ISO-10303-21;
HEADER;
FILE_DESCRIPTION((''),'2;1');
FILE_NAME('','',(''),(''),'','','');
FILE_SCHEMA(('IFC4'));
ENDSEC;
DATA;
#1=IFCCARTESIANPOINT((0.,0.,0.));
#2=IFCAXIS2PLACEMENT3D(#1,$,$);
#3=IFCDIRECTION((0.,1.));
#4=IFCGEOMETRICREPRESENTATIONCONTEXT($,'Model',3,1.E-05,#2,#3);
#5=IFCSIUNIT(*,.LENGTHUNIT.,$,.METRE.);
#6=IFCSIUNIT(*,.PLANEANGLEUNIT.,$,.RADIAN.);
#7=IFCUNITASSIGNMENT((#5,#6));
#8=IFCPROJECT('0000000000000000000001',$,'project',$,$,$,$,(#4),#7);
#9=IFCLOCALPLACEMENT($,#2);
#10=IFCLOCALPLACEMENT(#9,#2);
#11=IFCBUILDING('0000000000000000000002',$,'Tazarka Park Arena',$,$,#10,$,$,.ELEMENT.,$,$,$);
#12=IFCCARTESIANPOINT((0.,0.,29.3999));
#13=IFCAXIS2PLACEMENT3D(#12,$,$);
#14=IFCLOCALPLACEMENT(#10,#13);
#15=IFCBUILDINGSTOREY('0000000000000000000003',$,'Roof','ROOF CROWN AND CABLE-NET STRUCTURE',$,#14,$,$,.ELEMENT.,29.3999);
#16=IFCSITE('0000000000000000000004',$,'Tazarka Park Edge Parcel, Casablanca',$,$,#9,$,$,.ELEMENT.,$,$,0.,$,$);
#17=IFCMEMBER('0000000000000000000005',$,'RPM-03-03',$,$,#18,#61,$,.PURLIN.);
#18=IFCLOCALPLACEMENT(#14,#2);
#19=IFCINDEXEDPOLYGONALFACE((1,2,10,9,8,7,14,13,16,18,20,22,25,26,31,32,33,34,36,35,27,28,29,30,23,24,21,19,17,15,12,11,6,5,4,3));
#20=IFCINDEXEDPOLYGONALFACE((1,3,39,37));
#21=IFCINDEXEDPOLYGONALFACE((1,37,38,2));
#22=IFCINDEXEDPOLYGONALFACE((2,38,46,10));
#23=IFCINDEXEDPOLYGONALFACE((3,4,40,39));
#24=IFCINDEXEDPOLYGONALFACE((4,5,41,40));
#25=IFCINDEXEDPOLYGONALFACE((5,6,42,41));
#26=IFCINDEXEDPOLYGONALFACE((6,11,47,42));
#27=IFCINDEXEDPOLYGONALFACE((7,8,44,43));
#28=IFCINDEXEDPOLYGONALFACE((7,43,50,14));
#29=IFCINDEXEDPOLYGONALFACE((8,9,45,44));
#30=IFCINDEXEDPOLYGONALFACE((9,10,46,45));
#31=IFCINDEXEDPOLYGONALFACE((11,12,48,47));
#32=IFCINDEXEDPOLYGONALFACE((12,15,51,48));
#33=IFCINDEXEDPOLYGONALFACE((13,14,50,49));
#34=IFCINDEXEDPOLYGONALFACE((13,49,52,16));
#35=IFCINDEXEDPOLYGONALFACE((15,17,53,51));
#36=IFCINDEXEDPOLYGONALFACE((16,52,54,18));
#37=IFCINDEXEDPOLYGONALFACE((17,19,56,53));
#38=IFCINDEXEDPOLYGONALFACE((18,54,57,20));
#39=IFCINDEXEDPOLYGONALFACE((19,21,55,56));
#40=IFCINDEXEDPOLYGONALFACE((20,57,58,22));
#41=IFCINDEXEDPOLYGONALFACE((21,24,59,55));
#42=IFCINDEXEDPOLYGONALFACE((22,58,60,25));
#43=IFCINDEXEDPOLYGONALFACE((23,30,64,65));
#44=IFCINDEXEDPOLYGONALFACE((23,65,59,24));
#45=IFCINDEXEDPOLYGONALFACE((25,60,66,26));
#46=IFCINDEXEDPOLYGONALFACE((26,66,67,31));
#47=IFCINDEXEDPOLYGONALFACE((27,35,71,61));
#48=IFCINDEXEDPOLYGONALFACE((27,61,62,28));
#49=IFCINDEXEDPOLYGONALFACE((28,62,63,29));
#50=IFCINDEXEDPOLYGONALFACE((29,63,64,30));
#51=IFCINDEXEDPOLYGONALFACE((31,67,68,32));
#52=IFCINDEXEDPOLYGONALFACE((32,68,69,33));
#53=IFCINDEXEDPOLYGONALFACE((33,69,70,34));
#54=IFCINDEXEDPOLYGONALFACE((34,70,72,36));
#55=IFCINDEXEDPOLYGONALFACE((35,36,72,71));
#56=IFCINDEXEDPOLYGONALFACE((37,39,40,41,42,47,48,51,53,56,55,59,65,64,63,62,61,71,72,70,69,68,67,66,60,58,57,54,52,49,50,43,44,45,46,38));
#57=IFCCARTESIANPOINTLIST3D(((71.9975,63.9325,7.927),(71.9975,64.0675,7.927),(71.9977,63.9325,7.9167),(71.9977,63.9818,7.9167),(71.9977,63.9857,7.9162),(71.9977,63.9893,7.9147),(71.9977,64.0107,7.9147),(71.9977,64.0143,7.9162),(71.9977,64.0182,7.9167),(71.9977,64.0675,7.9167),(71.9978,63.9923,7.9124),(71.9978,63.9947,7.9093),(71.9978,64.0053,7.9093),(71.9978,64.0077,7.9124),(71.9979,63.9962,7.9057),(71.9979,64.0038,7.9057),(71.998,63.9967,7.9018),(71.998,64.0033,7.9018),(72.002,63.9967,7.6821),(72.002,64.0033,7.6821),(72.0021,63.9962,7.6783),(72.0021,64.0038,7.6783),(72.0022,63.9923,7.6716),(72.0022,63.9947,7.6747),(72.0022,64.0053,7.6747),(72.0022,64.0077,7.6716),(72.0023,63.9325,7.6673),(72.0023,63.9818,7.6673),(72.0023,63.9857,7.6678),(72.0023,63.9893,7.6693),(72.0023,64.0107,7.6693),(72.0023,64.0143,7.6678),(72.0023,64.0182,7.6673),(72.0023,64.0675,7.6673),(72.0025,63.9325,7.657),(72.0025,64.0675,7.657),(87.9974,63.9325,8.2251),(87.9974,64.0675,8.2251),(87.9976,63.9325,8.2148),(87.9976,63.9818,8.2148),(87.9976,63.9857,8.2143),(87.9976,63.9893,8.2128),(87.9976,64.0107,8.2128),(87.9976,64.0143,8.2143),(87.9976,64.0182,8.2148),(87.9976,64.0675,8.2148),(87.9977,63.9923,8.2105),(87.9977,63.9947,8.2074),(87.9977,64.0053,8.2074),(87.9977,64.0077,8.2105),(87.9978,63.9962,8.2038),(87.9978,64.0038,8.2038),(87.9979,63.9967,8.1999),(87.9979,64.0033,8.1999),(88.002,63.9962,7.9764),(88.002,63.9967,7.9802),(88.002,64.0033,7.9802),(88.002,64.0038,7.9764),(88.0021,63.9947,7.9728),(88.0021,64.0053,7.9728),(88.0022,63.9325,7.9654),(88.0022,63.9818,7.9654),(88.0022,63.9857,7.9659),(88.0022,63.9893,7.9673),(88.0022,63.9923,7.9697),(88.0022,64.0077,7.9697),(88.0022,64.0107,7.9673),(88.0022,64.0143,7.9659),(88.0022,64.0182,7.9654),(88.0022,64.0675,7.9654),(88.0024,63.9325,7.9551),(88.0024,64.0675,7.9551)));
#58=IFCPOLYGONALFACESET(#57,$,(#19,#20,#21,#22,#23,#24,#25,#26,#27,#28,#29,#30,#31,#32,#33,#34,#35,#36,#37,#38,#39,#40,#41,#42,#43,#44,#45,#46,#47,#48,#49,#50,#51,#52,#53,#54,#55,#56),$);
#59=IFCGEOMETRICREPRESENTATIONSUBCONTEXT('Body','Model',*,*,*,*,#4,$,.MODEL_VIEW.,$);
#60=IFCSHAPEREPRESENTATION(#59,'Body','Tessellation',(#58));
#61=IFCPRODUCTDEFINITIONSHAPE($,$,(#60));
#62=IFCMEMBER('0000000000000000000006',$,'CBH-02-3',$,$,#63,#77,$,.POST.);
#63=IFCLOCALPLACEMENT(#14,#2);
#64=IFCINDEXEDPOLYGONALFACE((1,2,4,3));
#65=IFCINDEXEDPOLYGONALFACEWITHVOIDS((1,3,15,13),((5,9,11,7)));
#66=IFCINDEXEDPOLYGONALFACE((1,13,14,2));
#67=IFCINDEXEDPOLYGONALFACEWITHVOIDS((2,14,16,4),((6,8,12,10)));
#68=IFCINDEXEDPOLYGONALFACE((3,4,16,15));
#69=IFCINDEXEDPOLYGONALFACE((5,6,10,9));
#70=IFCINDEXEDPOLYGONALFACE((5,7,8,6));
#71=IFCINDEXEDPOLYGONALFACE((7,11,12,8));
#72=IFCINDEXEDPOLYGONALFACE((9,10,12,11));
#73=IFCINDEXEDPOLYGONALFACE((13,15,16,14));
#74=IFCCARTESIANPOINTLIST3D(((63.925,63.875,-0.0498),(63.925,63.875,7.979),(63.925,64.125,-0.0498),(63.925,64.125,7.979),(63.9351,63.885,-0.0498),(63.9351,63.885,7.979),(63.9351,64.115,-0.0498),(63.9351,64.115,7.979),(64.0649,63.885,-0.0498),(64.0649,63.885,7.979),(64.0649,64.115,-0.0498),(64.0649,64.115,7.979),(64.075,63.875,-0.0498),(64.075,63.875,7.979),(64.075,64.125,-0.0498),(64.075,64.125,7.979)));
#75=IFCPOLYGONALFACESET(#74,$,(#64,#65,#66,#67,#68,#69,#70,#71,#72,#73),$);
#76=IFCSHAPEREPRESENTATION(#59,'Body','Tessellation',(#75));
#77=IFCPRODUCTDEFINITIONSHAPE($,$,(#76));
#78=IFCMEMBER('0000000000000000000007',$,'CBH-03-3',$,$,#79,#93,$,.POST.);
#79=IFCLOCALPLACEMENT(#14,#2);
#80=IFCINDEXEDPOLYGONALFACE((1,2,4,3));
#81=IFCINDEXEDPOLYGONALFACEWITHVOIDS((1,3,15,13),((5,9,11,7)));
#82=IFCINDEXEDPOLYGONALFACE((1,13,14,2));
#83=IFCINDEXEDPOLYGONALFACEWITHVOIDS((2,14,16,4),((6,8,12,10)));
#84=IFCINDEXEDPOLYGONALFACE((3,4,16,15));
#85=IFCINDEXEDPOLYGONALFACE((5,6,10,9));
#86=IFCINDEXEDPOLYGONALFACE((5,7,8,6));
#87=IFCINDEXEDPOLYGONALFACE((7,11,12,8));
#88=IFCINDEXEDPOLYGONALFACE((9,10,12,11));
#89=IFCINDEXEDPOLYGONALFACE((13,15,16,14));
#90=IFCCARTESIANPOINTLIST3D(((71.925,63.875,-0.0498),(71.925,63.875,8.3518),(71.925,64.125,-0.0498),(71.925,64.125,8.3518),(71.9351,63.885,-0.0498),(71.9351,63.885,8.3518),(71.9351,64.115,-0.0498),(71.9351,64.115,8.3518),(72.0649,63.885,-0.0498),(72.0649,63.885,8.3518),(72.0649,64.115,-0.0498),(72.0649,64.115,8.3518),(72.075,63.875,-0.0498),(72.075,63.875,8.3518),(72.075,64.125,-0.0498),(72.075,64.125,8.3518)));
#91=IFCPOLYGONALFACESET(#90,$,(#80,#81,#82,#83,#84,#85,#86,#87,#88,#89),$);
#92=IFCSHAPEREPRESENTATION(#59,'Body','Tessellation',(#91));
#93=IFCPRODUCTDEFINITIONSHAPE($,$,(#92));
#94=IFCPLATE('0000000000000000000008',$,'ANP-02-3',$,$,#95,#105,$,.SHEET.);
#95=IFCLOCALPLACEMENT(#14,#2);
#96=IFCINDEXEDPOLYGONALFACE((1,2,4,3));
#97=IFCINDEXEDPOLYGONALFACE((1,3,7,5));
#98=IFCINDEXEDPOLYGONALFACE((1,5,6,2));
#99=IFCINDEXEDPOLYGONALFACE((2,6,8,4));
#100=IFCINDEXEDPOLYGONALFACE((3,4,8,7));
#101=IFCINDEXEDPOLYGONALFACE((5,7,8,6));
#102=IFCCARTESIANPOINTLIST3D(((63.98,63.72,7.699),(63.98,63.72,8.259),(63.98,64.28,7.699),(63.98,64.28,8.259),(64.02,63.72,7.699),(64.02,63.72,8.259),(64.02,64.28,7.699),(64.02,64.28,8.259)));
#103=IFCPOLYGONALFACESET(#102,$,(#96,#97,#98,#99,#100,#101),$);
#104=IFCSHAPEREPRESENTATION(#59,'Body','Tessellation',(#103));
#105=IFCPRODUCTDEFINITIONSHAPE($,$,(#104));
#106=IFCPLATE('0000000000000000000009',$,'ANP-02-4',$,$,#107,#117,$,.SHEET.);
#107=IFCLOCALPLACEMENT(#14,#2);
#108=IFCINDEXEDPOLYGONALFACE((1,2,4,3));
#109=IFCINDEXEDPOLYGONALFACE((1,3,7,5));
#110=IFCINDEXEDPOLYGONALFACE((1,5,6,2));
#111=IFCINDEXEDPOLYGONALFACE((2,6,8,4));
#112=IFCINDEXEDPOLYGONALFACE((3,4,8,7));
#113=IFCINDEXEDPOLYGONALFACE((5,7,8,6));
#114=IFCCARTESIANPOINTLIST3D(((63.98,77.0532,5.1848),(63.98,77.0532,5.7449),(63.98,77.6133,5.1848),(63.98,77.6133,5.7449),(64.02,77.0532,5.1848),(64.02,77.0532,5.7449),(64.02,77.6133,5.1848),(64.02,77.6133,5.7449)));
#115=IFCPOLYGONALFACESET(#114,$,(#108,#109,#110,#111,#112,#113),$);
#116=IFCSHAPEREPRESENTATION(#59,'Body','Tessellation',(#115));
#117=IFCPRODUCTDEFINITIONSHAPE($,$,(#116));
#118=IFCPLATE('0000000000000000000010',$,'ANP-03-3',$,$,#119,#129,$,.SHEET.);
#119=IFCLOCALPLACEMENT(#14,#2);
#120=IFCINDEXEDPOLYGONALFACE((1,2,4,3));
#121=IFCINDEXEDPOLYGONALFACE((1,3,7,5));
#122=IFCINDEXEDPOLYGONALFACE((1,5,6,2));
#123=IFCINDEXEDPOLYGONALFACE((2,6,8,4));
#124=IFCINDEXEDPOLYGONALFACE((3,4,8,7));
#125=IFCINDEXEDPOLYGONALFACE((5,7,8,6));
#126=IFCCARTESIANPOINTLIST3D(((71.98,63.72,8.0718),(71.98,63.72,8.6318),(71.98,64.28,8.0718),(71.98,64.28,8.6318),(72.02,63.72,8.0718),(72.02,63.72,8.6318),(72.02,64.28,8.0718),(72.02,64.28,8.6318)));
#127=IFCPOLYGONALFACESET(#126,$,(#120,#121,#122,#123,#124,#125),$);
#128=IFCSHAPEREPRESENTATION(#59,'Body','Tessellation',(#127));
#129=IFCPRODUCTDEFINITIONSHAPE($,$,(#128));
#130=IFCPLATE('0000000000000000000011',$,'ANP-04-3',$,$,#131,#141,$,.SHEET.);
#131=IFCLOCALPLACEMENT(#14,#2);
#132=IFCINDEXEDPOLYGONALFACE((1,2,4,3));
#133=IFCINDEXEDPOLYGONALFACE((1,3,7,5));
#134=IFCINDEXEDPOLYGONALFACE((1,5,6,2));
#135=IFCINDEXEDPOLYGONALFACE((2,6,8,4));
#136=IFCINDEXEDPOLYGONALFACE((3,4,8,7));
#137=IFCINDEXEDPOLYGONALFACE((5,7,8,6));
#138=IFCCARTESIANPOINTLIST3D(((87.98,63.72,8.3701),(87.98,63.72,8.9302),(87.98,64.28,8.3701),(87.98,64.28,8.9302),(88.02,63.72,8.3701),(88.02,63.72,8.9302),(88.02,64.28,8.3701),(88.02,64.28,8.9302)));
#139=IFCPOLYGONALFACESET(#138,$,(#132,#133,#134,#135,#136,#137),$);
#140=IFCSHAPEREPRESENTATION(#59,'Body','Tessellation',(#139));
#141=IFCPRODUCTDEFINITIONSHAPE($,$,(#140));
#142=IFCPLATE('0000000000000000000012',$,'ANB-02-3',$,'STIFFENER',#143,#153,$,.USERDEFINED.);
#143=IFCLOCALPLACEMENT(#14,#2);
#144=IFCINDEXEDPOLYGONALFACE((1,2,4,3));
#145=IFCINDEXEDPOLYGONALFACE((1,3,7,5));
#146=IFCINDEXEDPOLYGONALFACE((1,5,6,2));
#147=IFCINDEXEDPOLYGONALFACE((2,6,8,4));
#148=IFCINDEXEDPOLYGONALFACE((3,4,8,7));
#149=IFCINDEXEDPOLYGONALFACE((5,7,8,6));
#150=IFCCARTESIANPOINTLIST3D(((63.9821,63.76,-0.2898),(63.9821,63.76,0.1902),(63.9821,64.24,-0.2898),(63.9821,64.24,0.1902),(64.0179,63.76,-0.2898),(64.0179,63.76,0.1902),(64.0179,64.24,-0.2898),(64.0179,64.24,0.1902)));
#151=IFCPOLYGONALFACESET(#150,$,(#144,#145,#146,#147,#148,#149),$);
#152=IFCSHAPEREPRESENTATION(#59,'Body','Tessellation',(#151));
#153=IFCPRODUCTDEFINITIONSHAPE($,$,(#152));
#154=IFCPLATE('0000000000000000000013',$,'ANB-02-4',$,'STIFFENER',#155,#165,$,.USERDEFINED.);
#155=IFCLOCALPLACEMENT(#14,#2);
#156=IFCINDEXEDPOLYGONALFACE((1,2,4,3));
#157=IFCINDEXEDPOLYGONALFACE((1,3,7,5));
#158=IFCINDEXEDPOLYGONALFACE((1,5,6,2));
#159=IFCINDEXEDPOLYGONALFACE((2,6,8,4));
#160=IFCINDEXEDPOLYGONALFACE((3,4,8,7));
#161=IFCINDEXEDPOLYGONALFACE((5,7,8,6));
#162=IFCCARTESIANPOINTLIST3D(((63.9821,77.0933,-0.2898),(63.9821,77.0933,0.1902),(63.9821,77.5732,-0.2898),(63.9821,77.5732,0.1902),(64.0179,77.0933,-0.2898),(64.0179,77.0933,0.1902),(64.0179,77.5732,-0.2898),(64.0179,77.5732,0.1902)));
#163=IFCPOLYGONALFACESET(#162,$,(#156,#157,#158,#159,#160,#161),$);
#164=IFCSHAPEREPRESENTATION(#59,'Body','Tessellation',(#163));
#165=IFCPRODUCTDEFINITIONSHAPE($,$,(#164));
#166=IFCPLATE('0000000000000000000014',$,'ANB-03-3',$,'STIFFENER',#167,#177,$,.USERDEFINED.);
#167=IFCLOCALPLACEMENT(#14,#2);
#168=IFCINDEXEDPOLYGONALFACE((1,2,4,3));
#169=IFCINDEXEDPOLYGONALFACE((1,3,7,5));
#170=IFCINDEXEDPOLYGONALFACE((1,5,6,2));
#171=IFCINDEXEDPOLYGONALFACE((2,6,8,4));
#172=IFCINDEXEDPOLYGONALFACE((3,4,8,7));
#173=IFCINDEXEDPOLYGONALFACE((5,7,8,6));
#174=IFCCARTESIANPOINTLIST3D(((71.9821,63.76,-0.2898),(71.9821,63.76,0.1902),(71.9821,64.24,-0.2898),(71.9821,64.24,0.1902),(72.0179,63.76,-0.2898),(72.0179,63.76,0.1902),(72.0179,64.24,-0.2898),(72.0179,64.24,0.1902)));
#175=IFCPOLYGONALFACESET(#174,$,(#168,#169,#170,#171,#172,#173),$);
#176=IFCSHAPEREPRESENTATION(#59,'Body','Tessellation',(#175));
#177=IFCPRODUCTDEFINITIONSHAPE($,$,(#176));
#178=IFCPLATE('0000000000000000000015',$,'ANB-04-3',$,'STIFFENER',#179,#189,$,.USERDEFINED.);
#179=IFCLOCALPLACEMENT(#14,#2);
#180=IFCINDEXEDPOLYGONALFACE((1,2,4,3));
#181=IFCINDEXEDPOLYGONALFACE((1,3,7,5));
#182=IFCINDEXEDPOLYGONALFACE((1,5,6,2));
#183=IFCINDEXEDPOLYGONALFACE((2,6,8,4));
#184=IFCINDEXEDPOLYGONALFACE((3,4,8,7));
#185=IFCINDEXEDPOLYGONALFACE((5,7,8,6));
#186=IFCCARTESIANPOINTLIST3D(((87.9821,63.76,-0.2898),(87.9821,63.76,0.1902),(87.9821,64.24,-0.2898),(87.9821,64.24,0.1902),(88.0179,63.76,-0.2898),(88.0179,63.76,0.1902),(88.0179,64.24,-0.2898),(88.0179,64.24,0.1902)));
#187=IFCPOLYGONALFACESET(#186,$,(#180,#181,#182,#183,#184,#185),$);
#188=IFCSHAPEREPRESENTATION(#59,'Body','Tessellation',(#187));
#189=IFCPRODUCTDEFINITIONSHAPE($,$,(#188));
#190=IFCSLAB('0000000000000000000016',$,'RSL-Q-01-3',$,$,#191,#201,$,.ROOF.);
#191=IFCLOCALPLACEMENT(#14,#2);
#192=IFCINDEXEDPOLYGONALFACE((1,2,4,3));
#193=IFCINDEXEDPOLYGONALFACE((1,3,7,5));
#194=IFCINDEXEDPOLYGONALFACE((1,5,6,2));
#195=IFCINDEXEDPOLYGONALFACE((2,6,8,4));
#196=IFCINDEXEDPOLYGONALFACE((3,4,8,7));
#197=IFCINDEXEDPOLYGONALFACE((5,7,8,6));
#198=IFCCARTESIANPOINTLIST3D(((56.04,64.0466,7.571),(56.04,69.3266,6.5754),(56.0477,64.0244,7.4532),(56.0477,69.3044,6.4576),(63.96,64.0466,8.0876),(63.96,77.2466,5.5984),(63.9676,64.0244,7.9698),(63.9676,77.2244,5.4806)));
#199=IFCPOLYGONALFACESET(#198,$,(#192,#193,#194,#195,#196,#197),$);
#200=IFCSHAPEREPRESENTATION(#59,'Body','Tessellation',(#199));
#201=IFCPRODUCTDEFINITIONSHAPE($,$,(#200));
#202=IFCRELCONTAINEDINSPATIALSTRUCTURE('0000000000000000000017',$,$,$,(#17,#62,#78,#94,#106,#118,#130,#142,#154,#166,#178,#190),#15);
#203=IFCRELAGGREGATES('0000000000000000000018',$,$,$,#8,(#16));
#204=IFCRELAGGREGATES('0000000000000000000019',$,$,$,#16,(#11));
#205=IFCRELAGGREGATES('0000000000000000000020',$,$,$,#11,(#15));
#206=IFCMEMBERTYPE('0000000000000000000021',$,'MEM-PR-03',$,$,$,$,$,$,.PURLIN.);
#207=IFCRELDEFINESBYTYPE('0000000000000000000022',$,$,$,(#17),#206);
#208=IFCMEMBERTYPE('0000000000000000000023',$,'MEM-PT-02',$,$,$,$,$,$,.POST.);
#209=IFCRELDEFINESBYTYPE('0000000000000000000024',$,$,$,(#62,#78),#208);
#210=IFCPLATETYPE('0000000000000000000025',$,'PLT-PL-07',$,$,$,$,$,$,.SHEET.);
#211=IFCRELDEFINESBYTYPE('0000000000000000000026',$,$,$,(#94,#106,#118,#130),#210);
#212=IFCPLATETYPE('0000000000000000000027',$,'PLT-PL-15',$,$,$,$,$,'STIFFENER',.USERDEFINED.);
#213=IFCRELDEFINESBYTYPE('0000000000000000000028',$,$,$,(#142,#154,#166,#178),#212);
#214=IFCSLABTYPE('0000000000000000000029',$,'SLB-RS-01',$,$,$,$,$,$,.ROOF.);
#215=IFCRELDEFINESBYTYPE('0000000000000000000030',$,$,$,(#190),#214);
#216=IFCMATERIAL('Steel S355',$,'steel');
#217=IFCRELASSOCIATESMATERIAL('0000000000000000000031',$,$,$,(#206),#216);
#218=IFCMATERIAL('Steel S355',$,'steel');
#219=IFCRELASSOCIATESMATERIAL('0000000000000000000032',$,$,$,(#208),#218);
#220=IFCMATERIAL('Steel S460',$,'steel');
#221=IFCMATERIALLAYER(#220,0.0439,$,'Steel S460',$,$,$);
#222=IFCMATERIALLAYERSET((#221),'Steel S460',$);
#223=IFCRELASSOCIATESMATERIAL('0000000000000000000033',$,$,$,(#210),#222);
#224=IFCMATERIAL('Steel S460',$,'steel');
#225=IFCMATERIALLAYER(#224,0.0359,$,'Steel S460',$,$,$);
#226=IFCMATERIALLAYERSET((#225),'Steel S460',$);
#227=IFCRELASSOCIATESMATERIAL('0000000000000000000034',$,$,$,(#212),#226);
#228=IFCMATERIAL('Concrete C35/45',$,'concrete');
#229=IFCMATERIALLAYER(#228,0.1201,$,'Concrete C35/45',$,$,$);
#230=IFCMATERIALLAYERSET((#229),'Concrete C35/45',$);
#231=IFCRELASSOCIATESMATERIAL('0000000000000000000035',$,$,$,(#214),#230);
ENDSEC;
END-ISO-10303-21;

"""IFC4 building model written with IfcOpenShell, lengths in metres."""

from ifc_helpers import new_model, si_unit, direction, frame, origin, origin_2d, place, context, subcontext, project, spatial, polyline, rectangle, hollow_rectangle, i_section, outline, extrude, material, layer, layer_set, material_profile, profile_set, type_object, element, save


model = new_model("IFC4")

# Units and contexts
model_context = context("Model", 3, precision=1e-05, world=origin(), true_north=direction((0.0, 1.0)))
body_context = subcontext(model_context, "Body", "Model", "MODEL_VIEW")
ifc_project = project(units=[si_unit("LENGTHUNIT", "METRE"), si_unit("PLANEANGLEUNIT", "RADIAN")], contexts=[model_context])

# Site, building, storey
site_placement = place(None, origin())
site = spatial("IfcSite", under=ifc_project, at=site_placement, Name="Tazarka Park Edge Parcel, Casablanca", CompositionType="ELEMENT", RefElevation=0.0)
building_placement = place(site_placement, origin())
building = spatial("IfcBuilding", under=site, at=building_placement, Name="Tazarka Park Arena", CompositionType="ELEMENT")
storey_placement = place(building_placement, frame((0.0, 0.0, 29.3999)))
storey = spatial("IfcBuildingStorey", under=building, at=storey_placement, Name="Roof", Description="ROOF CROWN AND CABLE-NET STRUCTURE", CompositionType="ELEMENT", Elevation=29.3999)

# Members
ifc_material_1 = material(Name="Steel S355", Category="steel")
ifc_material_profile_1 = material_profile(ifc_material_1, i_section(OverallWidth=0.135, OverallDepth=0.27, WebThickness=0.0066, FlangeThickness=0.0103, FilletRadius=0.0149, at=origin_2d()), Name="Steel S355")
ifc_profile_set_1 = profile_set([ifc_material_profile_1], Name="Steel S355")
member_type_1 = type_object("IfcMemberType", Name="MEM-PR-03", PredefinedType="PURLIN", material=ifc_profile_set_1)
member_1_placement = place(storey_placement, frame((72.0, 64.0, 7.792), z_axis=(0.999826, 0.0, 0.018628), x_axis=(0.0, 1.0, 0.0)))
element("IfcMember", 1, at=member_1_placement, inside=storey, type_object=member_type_1, Name="RPM-03-03", PredefinedType="PURLIN", context=body_context, shape_type="SweptSolid", body=[
    extrude(i_section(OverallWidth=0.135, OverallDepth=0.27, WebThickness=0.0066, FlangeThickness=0.0103, FilletRadius=0.0149, at=origin_2d()), origin(), (0.0, 0.0, 1.0), 16.0027),
])
ifc_material_2 = material(Name="Steel S355", Category="steel")
ifc_material_profile_2 = material_profile(ifc_material_2, hollow_rectangle(XDim=0.1499, YDim=0.25, WallThickness=0.01, at=origin_2d()), Name="Steel S355")
ifc_profile_set_2 = profile_set([ifc_material_profile_2], Name="Steel S355")
member_type_2 = type_object("IfcMemberType", Name="MEM-PT-02", PredefinedType="POST", material=ifc_profile_set_2)
member_2_placement = place(storey_placement, frame((64.0, 64.0, -0.0498), z_axis=(0.0, 0.0, 1.0), x_axis=(1.0, 0.0, 0.0)))
element("IfcMember", 2, at=member_2_placement, inside=storey, type_object=member_type_2, Name="CBH-02-3", PredefinedType="POST", context=body_context, shape_type="SweptSolid", body=[
    extrude(hollow_rectangle(XDim=0.1499, YDim=0.25, WallThickness=0.01, at=origin_2d()), origin(), (0.0, 0.0, 1.0), 8.0288),
])
member_3_placement = place(storey_placement, frame((72.0, 64.0, -0.0498), z_axis=(0.0, 0.0, 1.0), x_axis=(1.0, 0.0, 0.0)))
element("IfcMember", 3, at=member_3_placement, inside=storey, type_object=member_type_2, Name="CBH-03-3", PredefinedType="POST", context=body_context, shape_type="SweptSolid", body=[
    extrude(hollow_rectangle(XDim=0.1499, YDim=0.25, WallThickness=0.01, at=origin_2d()), origin(), (0.0, 0.0, 1.0), 8.4016),
])

# Plates
ifc_material_3 = material(Name="Steel S460", Category="steel")
ifc_layer_1 = layer(ifc_material_3, 0.0439, Name="Steel S460")
ifc_layer_set_1 = layer_set([ifc_layer_1], Name="Steel S460")
plate_type_1 = type_object("IfcPlateType", Name="PLT-PL-07", PredefinedType="SHEET", material=ifc_layer_set_1)
for number, where, z_axis, x_axis, name in (
    (4, (64.0, 64.0, 7.699), (0.0, 0.0, 1.0), (1.0, 0.0, 0.0), "ANP-02-3"),
    (5, (64.0, 77.3333, 5.1848), (0.0, 0.0, 1.0), (1.0, 0.0, 0.0), "ANP-02-4"),
    (6, (72.0, 64.0, 8.0718), (0.0, 0.0, 1.0), (1.0, 0.0, 0.0), "ANP-03-3"),
    (7, (88.0, 64.0, 8.3701), (0.0, 0.0, 1.0), (1.0, 0.0, 0.0), "ANP-04-3"),
):
    element("IfcPlate", number, at=place(storey_placement, frame(where, z_axis=z_axis, x_axis=x_axis)), inside=storey, type_object=plate_type_1, Name=name, PredefinedType="SHEET", context=body_context, shape_type="SweptSolid", body=[
        extrude(rectangle(XDim=0.04, YDim=0.5601, at=origin_2d()), origin(), (0.0, 0.0, 1.0), 0.5601),
    ])
ifc_material_4 = material(Name="Steel S460", Category="steel")
ifc_layer_2 = layer(ifc_material_4, 0.0359, Name="Steel S460")
ifc_layer_set_2 = layer_set([ifc_layer_2], Name="Steel S460")
plate_type_2 = type_object("IfcPlateType", Name="PLT-PL-15", ElementType="STIFFENER", PredefinedType="USERDEFINED", material=ifc_layer_set_2)
for number, where, z_axis, x_axis, name in (
    (8, (64.0, 64.0, -0.2898), (0.0, 0.0, 1.0), (1.0, 0.0, 0.0), "ANB-02-3"),
    (9, (64.0, 77.3333, -0.2898), (0.0, 0.0, 1.0), (1.0, 0.0, 0.0), "ANB-02-4"),
    (10, (72.0, 64.0, -0.2898), (0.0, 0.0, 1.0), (1.0, 0.0, 0.0), "ANB-03-3"),
    (11, (88.0, 64.0, -0.2898), (0.0, 0.0, 1.0), (1.0, 0.0, 0.0), "ANB-04-3"),
):
    element("IfcPlate", number, at=place(storey_placement, frame(where, z_axis=z_axis, x_axis=x_axis)), inside=storey, type_object=plate_type_2, Name=name, ObjectType="STIFFENER", PredefinedType="USERDEFINED", context=body_context, shape_type="SweptSolid", body=[
        extrude(rectangle(XDim=0.0359, YDim=0.48, at=origin_2d()), origin(), (0.0, 0.0, 1.0), 0.48),
    ])

# Slab
ifc_material_5 = material(Name="Concrete C35/45", Category="concrete")
ifc_layer_3 = layer(ifc_material_5, 0.1201, Name="Concrete C35/45")
ifc_layer_set_3 = layer_set([ifc_layer_3], Name="Concrete C35/45")
slab_type_1 = type_object("IfcSlabType", Name="SLB-RS-01", PredefinedType="ROOF", material=ifc_layer_set_3)
slab_1_placement = place(storey_placement, frame((56.04, 64.0466, 7.571), z_axis=(-0.063958, 0.18493, 0.980668), x_axis=(0.99788, -0.000002, 0.065081)))
element("IfcSlab", 12, at=slab_1_placement, inside=storey, type_object=slab_type_1, Name="RSL-Q-01-3", PredefinedType="ROOF", context=body_context, shape_type="SweptSolid", body=[
    extrude(outline(polyline([(0.0, 0.0), (7.9368, 0.0), (7.7747, 13.4316), (-0.0648, 5.3727), (0.0, 0.0)])), origin(), (0.0, 0.0, -1.0), 0.1201),
])

save(model, "model.ifc")
